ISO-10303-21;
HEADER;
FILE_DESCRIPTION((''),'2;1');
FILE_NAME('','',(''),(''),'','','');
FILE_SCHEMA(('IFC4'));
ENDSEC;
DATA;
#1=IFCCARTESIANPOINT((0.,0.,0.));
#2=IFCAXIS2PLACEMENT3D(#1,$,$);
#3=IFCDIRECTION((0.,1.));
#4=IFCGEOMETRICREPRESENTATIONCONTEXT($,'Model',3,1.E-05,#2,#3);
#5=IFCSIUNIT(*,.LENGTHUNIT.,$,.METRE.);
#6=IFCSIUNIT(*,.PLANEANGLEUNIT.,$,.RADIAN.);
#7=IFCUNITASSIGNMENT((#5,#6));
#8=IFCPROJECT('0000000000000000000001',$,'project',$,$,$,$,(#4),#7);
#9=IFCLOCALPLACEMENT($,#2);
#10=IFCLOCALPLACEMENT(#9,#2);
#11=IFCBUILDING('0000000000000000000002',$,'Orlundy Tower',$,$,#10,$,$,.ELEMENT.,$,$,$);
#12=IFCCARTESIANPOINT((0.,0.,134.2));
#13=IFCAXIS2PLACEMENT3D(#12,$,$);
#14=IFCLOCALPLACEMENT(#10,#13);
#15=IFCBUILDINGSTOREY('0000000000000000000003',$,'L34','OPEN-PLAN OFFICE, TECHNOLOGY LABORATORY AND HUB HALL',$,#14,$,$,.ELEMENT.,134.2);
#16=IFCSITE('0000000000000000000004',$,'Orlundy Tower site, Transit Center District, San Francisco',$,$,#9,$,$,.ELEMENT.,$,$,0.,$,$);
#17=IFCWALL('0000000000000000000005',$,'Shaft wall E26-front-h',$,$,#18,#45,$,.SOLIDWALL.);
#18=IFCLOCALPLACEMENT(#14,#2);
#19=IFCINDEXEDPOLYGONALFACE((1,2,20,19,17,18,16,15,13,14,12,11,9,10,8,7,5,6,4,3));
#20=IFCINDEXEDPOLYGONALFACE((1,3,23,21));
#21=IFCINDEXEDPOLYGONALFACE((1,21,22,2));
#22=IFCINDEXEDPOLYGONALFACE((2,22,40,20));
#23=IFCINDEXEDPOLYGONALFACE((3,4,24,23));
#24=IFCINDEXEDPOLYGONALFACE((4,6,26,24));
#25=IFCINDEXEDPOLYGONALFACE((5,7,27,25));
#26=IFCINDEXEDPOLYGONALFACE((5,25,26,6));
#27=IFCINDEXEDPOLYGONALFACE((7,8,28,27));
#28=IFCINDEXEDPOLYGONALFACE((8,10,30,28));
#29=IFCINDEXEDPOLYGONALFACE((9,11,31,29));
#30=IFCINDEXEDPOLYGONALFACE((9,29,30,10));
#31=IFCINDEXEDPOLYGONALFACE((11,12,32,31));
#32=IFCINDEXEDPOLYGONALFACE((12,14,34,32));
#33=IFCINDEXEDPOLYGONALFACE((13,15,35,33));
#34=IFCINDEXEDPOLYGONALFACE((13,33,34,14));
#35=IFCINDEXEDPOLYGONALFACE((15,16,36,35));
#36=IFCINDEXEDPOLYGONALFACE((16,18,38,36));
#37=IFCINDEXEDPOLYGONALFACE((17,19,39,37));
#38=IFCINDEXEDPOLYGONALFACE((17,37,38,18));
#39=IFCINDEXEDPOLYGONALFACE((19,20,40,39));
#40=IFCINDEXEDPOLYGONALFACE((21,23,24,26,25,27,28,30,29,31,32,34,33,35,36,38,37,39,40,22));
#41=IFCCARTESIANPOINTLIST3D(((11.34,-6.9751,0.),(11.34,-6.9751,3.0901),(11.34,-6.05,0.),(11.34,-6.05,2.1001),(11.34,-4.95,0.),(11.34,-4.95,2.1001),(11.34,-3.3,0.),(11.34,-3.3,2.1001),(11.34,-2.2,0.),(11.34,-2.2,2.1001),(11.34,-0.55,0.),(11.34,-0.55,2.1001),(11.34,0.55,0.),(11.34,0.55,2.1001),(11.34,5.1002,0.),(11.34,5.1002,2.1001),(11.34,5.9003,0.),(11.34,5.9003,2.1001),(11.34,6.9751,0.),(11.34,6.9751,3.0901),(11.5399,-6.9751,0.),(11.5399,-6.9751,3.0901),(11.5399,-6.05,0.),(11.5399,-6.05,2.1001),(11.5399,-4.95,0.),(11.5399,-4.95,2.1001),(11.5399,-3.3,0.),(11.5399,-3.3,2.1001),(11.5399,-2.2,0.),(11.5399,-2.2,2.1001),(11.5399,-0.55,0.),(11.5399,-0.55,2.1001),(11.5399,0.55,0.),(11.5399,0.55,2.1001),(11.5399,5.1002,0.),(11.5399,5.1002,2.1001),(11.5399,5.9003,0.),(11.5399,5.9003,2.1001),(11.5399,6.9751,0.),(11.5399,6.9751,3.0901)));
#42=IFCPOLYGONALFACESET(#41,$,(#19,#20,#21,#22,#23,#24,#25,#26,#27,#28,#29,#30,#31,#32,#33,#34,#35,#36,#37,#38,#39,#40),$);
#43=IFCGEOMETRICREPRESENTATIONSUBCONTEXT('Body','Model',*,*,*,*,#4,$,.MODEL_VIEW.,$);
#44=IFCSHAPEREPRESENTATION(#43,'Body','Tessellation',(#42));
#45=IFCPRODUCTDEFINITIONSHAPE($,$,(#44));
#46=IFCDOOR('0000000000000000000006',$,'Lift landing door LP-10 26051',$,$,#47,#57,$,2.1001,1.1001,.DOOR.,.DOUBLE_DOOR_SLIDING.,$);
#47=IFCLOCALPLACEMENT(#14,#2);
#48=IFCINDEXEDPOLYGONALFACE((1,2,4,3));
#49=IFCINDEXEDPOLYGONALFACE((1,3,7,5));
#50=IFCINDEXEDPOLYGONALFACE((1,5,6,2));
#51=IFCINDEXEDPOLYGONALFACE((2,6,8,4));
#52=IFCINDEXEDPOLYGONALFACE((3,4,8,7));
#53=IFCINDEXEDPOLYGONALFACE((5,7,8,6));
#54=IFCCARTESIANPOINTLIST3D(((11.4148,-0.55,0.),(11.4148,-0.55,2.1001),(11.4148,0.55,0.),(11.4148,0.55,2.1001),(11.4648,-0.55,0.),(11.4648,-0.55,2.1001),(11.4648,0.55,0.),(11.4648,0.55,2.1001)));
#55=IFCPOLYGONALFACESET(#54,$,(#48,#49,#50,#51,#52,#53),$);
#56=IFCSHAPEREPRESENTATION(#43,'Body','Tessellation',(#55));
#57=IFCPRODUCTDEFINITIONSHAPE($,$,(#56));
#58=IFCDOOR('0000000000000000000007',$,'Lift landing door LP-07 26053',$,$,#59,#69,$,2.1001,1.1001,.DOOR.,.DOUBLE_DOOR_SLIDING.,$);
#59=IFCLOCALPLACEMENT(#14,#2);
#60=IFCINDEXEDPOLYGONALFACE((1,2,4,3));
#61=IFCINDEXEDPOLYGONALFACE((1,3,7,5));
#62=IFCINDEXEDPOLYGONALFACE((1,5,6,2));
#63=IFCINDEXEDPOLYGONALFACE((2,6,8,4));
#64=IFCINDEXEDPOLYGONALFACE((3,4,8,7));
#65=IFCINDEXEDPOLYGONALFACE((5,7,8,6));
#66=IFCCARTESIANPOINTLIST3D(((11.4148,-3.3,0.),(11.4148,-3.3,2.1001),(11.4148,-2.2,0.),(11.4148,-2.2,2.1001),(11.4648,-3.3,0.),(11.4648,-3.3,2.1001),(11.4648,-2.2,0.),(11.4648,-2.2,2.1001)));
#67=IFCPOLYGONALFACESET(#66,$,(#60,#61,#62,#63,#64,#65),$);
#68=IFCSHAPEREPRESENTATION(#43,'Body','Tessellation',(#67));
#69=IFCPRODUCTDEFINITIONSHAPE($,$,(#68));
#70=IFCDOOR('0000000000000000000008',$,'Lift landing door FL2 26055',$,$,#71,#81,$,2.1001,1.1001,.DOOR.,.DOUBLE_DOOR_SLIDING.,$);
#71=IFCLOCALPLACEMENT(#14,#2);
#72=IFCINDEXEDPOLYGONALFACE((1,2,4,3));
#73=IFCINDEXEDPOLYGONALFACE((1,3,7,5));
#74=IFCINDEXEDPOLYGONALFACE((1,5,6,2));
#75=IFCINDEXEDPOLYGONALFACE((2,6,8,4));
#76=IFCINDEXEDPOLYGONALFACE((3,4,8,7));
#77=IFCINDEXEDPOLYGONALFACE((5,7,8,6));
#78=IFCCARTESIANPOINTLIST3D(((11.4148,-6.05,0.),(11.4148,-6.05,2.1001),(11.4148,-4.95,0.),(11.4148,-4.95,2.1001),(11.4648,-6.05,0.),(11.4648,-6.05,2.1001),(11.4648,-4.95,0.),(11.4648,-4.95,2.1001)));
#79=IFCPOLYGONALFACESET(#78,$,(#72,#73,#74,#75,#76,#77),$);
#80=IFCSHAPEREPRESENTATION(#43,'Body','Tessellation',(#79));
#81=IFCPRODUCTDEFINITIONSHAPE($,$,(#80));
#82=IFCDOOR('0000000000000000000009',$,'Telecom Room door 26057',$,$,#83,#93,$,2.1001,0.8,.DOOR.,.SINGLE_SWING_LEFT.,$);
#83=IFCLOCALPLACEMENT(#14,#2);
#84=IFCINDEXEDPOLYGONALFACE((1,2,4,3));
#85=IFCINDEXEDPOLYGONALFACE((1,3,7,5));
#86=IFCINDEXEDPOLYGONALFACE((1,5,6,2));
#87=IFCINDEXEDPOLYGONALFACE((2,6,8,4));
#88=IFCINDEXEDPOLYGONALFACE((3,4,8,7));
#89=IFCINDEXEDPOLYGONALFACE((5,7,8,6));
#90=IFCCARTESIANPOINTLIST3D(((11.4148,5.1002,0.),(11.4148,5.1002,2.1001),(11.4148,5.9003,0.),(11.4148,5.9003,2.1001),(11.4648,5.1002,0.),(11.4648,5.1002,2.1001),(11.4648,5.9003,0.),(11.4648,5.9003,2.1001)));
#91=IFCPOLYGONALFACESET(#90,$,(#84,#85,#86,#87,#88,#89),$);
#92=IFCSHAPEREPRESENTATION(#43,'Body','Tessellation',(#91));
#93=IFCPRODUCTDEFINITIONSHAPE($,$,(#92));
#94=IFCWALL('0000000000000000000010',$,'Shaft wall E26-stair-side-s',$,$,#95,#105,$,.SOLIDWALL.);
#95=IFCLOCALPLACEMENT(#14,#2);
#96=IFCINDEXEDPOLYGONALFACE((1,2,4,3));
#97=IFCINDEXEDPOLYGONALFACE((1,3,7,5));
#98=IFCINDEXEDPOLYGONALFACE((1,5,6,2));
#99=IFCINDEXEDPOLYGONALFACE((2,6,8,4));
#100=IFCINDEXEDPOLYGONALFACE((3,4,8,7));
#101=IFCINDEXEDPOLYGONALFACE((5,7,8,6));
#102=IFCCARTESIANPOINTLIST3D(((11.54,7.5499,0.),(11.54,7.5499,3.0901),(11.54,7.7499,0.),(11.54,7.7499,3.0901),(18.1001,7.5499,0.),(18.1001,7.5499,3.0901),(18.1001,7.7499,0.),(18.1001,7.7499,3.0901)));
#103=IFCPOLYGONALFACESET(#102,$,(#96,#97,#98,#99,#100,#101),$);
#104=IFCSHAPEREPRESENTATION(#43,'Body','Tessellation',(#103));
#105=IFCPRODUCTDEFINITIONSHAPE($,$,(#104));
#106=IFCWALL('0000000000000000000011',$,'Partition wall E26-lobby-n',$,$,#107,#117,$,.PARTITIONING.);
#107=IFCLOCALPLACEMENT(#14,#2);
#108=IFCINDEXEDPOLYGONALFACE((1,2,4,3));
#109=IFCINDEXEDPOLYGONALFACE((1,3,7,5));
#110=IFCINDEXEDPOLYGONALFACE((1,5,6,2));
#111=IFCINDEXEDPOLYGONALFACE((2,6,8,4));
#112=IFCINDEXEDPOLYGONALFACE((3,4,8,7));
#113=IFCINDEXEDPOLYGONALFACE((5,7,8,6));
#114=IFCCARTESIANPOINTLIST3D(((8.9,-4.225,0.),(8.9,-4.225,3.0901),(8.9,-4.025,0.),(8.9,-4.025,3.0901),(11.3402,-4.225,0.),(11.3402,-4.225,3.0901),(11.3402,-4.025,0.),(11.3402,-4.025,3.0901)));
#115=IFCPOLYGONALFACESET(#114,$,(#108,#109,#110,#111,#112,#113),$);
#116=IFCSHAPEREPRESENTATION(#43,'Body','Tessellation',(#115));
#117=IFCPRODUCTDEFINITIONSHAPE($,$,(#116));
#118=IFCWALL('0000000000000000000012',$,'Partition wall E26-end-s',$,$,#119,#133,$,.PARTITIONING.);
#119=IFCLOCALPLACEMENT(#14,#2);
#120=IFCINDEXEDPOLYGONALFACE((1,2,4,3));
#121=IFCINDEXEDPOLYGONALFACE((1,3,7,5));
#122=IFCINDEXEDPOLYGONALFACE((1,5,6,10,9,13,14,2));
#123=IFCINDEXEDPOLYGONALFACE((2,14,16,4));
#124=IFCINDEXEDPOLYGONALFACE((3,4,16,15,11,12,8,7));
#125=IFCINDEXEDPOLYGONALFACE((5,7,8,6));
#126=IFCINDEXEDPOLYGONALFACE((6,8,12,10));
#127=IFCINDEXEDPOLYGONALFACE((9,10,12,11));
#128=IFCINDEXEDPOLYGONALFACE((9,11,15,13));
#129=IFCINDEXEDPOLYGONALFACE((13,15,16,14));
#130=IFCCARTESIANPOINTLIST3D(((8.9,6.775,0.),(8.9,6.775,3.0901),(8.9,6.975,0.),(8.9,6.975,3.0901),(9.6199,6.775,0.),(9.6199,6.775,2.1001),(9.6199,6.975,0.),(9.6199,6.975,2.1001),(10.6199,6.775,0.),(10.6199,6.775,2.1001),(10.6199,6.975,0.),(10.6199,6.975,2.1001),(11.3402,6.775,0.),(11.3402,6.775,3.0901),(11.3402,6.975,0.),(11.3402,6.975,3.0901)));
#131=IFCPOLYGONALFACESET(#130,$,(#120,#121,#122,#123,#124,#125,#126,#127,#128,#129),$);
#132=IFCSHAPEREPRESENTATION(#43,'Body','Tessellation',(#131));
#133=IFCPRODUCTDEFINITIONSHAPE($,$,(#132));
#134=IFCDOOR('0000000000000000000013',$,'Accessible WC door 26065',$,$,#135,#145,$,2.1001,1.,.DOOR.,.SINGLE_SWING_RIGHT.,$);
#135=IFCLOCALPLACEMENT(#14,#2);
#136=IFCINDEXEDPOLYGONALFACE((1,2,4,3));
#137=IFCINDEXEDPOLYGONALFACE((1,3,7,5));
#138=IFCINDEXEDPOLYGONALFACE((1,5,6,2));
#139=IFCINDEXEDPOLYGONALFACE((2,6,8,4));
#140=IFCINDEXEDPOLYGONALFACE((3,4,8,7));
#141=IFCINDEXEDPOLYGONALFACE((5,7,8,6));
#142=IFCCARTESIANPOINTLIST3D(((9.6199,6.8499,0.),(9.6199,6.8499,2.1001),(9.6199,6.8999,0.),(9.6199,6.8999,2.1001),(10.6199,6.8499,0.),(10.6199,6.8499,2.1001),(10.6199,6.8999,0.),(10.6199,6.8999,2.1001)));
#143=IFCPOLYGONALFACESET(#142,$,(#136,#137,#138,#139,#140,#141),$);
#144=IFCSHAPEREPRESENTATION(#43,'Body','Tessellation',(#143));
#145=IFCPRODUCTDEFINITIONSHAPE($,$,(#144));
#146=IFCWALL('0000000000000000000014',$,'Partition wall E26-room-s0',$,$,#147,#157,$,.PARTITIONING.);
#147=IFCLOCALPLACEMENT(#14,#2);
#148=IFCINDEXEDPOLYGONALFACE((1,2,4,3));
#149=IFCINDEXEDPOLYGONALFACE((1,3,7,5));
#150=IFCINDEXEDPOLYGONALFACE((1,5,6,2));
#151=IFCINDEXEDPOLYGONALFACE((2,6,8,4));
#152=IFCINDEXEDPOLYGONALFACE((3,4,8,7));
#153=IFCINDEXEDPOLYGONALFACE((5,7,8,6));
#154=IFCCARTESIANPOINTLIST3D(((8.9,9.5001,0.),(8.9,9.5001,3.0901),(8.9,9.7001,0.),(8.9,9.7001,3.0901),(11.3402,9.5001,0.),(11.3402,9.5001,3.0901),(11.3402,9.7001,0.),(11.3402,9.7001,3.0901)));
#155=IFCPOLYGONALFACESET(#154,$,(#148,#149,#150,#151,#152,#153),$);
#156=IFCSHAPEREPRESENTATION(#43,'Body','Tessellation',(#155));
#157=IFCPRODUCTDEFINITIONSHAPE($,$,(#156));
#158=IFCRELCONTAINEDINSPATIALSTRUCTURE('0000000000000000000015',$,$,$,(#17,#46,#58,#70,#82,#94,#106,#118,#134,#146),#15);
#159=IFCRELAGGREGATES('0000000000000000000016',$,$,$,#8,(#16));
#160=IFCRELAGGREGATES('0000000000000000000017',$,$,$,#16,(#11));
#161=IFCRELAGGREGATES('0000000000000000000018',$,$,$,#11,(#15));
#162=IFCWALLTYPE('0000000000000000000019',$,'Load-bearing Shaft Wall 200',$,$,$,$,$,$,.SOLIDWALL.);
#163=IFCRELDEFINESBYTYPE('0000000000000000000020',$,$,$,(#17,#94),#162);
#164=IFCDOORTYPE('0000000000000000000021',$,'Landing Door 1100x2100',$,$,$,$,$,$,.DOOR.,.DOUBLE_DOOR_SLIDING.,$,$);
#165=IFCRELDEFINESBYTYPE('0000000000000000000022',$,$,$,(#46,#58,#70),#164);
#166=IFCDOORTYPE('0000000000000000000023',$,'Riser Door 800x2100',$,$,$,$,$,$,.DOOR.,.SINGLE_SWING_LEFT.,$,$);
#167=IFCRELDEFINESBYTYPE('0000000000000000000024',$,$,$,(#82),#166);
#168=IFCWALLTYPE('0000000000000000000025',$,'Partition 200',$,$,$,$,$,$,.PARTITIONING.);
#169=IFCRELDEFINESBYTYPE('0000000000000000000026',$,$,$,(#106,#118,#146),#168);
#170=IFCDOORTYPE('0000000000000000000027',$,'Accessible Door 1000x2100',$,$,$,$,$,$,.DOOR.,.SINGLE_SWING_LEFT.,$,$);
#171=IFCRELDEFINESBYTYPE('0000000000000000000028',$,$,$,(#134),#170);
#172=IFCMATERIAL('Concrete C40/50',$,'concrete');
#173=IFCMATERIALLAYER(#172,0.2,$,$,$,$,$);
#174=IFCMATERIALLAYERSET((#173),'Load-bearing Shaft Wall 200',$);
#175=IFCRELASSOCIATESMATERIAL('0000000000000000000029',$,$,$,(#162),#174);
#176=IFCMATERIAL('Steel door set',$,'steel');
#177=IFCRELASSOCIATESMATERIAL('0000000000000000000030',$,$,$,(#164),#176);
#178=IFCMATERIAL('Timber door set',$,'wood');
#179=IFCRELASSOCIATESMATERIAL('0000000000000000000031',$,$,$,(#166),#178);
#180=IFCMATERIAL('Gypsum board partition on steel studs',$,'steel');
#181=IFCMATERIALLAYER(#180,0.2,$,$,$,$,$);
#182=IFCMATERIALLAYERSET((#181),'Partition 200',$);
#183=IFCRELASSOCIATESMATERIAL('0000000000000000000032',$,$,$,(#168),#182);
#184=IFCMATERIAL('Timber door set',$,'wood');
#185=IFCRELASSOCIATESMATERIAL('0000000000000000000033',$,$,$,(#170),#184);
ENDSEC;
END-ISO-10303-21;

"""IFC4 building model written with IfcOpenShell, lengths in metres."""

from ifc_helpers import new_model, si_unit, direction, frame, frame_2d, origin, place, context, subcontext, project, spatial, rectangle, extrude, material, layer, layer_set, type_object, element, fill, save


model = new_model("IFC4")

# Units and contexts
model_context = context("Model", 3, precision=1e-05, world=origin(), true_north=direction((0.0, 1.0)))
body_context = subcontext(model_context, "Body", "Model", "MODEL_VIEW")
ifc_project = project(units=[si_unit("LENGTHUNIT", "METRE"), si_unit("PLANEANGLEUNIT", "RADIAN")], contexts=[model_context])

# Site, building, storey
site_placement = place(None, origin())
site = spatial("IfcSite", under=ifc_project, at=site_placement, Name="Orlundy Tower site, Transit Center District, San Francisco", CompositionType="ELEMENT", RefElevation=0.0)
building_placement = place(site_placement, origin())
building = spatial("IfcBuilding", under=site, at=building_placement, Name="Orlundy Tower", CompositionType="ELEMENT")
storey_placement = place(building_placement, frame((0.0, 0.0, 134.2)))
storey = spatial("IfcBuildingStorey", under=building, at=storey_placement, Name="L34", Description="OPEN-PLAN OFFICE, TECHNOLOGY LABORATORY AND HUB HALL", CompositionType="ELEMENT", Elevation=134.2)

# Shared definitions
ifc_material_1 = material(Name="Concrete C40/50", Category="concrete")
ifc_layer_1 = layer(ifc_material_1, 0.2)
ifc_layer_set_1 = layer_set([ifc_layer_1], Name="Load-bearing Shaft Wall 200")
wall_type_1 = type_object("IfcWallType", Name="Load-bearing Shaft Wall 200", PredefinedType="SOLIDWALL", material=ifc_layer_set_1)

# Wall, openings, doors
wall_1_placement = place(storey_placement, frame((11.4399, 6.9751, 0.0), z_axis=(0.0, 0.0, 1.0), x_axis=(0.0, -1.0, 0.0)))
wall_1 = element("IfcWall", 1, at=wall_1_placement, inside=storey, type_object=wall_type_1, Name="Shaft wall E26-front-h", PredefinedType="SOLIDWALL", context=body_context, shape_type="SweptSolid", body=[
    extrude(rectangle(XDim=13.9502, YDim=0.2, at=frame_2d((6.9751, 0.0))), origin(), (0.0, 0.0, 1.0), 3.0901),
])
opening_1_placement = place(wall_1_placement, frame((6.425, 0.0, 0.0)))
opening_1 = element("IfcOpeningElement", 2, at=opening_1_placement, cuts=wall_1, PredefinedType="OPENING", context=body_context, shape_type="SweptSolid", body=[
    extrude(rectangle(XDim=1.1001, YDim=2.1001, at=frame_2d((0.55, 1.05))), frame((0.0, 0.1101, 0.0), z_axis=(0.0, -1.0, 0.0), x_axis=(1.0, 0.0, 0.0)), (0.0, 0.0, 1.0), 0.2202),
])
opening_2_placement = place(wall_1_placement, frame((9.175, 0.0, 0.0)))
opening_2 = element("IfcOpeningElement", 3, at=opening_2_placement, cuts=wall_1, PredefinedType="OPENING", context=body_context, shape_type="SweptSolid", body=[
    extrude(rectangle(XDim=1.1001, YDim=2.1001, at=frame_2d((0.55, 1.05))), frame((0.0, 0.1101, 0.0), z_axis=(0.0, -1.0, 0.0), x_axis=(1.0, 0.0, 0.0)), (0.0, 0.0, 1.0), 0.2202),
])
opening_3_placement = place(wall_1_placement, frame((11.925, 0.0, 0.0)))
opening_3 = element("IfcOpeningElement", 4, at=opening_3_placement, cuts=wall_1, PredefinedType="OPENING", context=body_context, shape_type="SweptSolid", body=[
    extrude(rectangle(XDim=1.1001, YDim=2.1001, at=frame_2d((0.55, 1.05))), frame((0.0, 0.1101, 0.0), z_axis=(0.0, -1.0, 0.0), x_axis=(1.0, 0.0, 0.0)), (0.0, 0.0, 1.0), 0.2202),
])
opening_4_placement = place(wall_1_placement, frame((1.075, 0.0, 0.0)))
opening_4 = element("IfcOpeningElement", 5, at=opening_4_placement, cuts=wall_1, PredefinedType="OPENING", context=body_context, shape_type="SweptSolid", body=[
    extrude(rectangle(XDim=0.8, YDim=2.1001, at=frame_2d((0.3999, 1.05))), frame((0.0, 0.1101, 0.0), z_axis=(0.0, -1.0, 0.0), x_axis=(1.0, 0.0, 0.0)), (0.0, 0.0, 1.0), 0.2202),
])
ifc_material_2 = material(Name="Steel door set", Category="steel")
door_type_1 = type_object("IfcDoorType", Name="Landing Door 1100x2100", OperationType="DOUBLE_DOOR_SLIDING", PredefinedType="DOOR", material=ifc_material_2)
door_1_placement = place(opening_1_placement, origin())
door_1 = element("IfcDoor", 6, at=door_1_placement, inside=storey, type_object=door_type_1, Name="Lift landing door LP-10 26051", OperationType="DOUBLE_DOOR_SLIDING", OverallHeight=2.1001, OverallWidth=1.1001, PredefinedType="DOOR", context=body_context, shape_type="SweptSolid", body=[
    extrude(rectangle(XDim=1.1001, YDim=2.1001, at=frame_2d((0.55, 1.05))), frame((0.0, 0.0249, 0.0), z_axis=(0.0, -1.0, 0.0), x_axis=(1.0, 0.0, 0.0)), (0.0, 0.0, 1.0), 0.05),
])
fill(opening_1, door_1)
door_2_placement = place(opening_2_placement, origin())
door_2 = element("IfcDoor", 7, at=door_2_placement, inside=storey, type_object=door_type_1, Name="Lift landing door LP-07 26053", OperationType="DOUBLE_DOOR_SLIDING", OverallHeight=2.1001, OverallWidth=1.1001, PredefinedType="DOOR", context=body_context, shape_type="SweptSolid", body=[
    extrude(rectangle(XDim=1.1001, YDim=2.1001, at=frame_2d((0.55, 1.05))), frame((0.0, 0.0249, 0.0), z_axis=(0.0, -1.0, 0.0), x_axis=(1.0, 0.0, 0.0)), (0.0, 0.0, 1.0), 0.05),
])
fill(opening_2, door_2)
door_3_placement = place(opening_3_placement, origin())
door_3 = element("IfcDoor", 8, at=door_3_placement, inside=storey, type_object=door_type_1, Name="Lift landing door FL2 26055", OperationType="DOUBLE_DOOR_SLIDING", OverallHeight=2.1001, OverallWidth=1.1001, PredefinedType="DOOR", context=body_context, shape_type="SweptSolid", body=[
    extrude(rectangle(XDim=1.1001, YDim=2.1001, at=frame_2d((0.55, 1.05))), frame((0.0, 0.0249, 0.0), z_axis=(0.0, -1.0, 0.0), x_axis=(1.0, 0.0, 0.0)), (0.0, 0.0, 1.0), 0.05),
])
fill(opening_3, door_3)
ifc_material_3 = material(Name="Timber door set", Category="wood")
door_type_2 = type_object("IfcDoorType", Name="Riser Door 800x2100", OperationType="SINGLE_SWING_LEFT", PredefinedType="DOOR", material=ifc_material_3)
door_4_placement = place(opening_4_placement, origin())
door_4 = element("IfcDoor", 9, at=door_4_placement, inside=storey, type_object=door_type_2, Name="Telecom Room door 26057", OperationType="SINGLE_SWING_LEFT", OverallHeight=2.1001, OverallWidth=0.8, PredefinedType="DOOR", context=body_context, shape_type="SweptSolid", body=[
    extrude(rectangle(XDim=0.8, YDim=2.1001, at=frame_2d((0.3999, 1.05))), frame((0.0, 0.0249, 0.0), z_axis=(0.0, -1.0, 0.0), x_axis=(1.0, 0.0, 0.0)), (0.0, 0.0, 1.0), 0.05),
])
fill(opening_4, door_4)

# Walls
wall_2_placement = place(storey_placement, frame((11.54, 7.6499, 0.0), z_axis=(0.0, 0.0, 1.0), x_axis=(1.0, 0.0, 0.0)))
element("IfcWall", 10, at=wall_2_placement, inside=storey, type_object=wall_type_1, Name="Shaft wall E26-stair-side-s", PredefinedType="SOLIDWALL", context=body_context, shape_type="SweptSolid", body=[
    extrude(rectangle(XDim=6.5601, YDim=0.2, at=frame_2d((3.28, 0.0))), origin(), (0.0, 0.0, 1.0), 3.0901),
])
ifc_material_4 = material(Name="Gypsum board partition on steel studs", Category="steel")
ifc_layer_2 = layer(ifc_material_4, 0.2)
ifc_layer_set_2 = layer_set([ifc_layer_2], Name="Partition 200")
wall_type_2 = type_object("IfcWallType", Name="Partition 200", PredefinedType="PARTITIONING", material=ifc_layer_set_2)
wall_3_placement = place(storey_placement, frame((8.8999, -4.125, 0.0), z_axis=(0.0, 0.0, 1.0), x_axis=(1.0, 0.0, 0.0)))
element("IfcWall", 11, at=wall_3_placement, inside=storey, type_object=wall_type_2, Name="Partition wall E26-lobby-n", PredefinedType="PARTITIONING", context=body_context, shape_type="SweptSolid", body=[
    extrude(rectangle(XDim=2.4402, YDim=0.2, at=frame_2d((1.2202, 0.0))), origin(), (0.0, 0.0, 1.0), 3.0901),
])

# Wall, opening, door
wall_4_placement = place(storey_placement, frame((8.8999, 6.875, 0.0), z_axis=(0.0, 0.0, 1.0), x_axis=(1.0, 0.0, 0.0)))
wall_4 = element("IfcWall", 12, at=wall_4_placement, inside=storey, type_object=wall_type_2, Name="Partition wall E26-end-s", PredefinedType="PARTITIONING", context=body_context, shape_type="SweptSolid", body=[
    extrude(rectangle(XDim=2.4402, YDim=0.2, at=frame_2d((1.2202, 0.0))), origin(), (0.0, 0.0, 1.0), 3.0901),
])
opening_5_placement = place(wall_4_placement, frame((0.72, 0.0, 0.0)))
opening_5 = element("IfcOpeningElement", 13, at=opening_5_placement, cuts=wall_4, PredefinedType="OPENING", context=body_context, shape_type="SweptSolid", body=[
    extrude(rectangle(XDim=1.0, YDim=2.1001, at=frame_2d((0.5, 1.05))), frame((0.0, 0.1101, 0.0), z_axis=(0.0, -1.0, 0.0), x_axis=(1.0, 0.0, 0.0)), (0.0, 0.0, 1.0), 0.2202),
])
ifc_material_5 = material(Name="Timber door set", Category="wood")
door_type_3 = type_object("IfcDoorType", Name="Accessible Door 1000x2100", OperationType="SINGLE_SWING_LEFT", PredefinedType="DOOR", material=ifc_material_5)
door_5_placement = place(opening_5_placement, origin())
door_5 = element("IfcDoor", 14, at=door_5_placement, inside=storey, type_object=door_type_3, Name="Accessible WC door 26065", OperationType="SINGLE_SWING_RIGHT", OverallHeight=2.1001, OverallWidth=1.0, PredefinedType="DOOR", context=body_context, shape_type="SweptSolid", body=[
    extrude(rectangle(XDim=1.0, YDim=2.1001, at=frame_2d((0.5, 1.05))), frame((0.0, 0.0249, 0.0), z_axis=(0.0, -1.0, 0.0), x_axis=(1.0, 0.0, 0.0)), (0.0, 0.0, 1.0), 0.05),
])
fill(opening_5, door_5)

# Wall
wall_5_placement = place(storey_placement, frame((8.8999, 9.6001, 0.0), z_axis=(0.0, 0.0, 1.0), x_axis=(1.0, 0.0, 0.0)))
element("IfcWall", 15, at=wall_5_placement, inside=storey, type_object=wall_type_2, Name="Partition wall E26-room-s0", PredefinedType="PARTITIONING", context=body_context, shape_type="SweptSolid", body=[
    extrude(rectangle(XDim=2.4402, YDim=0.2, at=frame_2d((1.2202, 0.0))), origin(), (0.0, 0.0, 1.0), 3.0901),
])

save(model, "model.ifc")
